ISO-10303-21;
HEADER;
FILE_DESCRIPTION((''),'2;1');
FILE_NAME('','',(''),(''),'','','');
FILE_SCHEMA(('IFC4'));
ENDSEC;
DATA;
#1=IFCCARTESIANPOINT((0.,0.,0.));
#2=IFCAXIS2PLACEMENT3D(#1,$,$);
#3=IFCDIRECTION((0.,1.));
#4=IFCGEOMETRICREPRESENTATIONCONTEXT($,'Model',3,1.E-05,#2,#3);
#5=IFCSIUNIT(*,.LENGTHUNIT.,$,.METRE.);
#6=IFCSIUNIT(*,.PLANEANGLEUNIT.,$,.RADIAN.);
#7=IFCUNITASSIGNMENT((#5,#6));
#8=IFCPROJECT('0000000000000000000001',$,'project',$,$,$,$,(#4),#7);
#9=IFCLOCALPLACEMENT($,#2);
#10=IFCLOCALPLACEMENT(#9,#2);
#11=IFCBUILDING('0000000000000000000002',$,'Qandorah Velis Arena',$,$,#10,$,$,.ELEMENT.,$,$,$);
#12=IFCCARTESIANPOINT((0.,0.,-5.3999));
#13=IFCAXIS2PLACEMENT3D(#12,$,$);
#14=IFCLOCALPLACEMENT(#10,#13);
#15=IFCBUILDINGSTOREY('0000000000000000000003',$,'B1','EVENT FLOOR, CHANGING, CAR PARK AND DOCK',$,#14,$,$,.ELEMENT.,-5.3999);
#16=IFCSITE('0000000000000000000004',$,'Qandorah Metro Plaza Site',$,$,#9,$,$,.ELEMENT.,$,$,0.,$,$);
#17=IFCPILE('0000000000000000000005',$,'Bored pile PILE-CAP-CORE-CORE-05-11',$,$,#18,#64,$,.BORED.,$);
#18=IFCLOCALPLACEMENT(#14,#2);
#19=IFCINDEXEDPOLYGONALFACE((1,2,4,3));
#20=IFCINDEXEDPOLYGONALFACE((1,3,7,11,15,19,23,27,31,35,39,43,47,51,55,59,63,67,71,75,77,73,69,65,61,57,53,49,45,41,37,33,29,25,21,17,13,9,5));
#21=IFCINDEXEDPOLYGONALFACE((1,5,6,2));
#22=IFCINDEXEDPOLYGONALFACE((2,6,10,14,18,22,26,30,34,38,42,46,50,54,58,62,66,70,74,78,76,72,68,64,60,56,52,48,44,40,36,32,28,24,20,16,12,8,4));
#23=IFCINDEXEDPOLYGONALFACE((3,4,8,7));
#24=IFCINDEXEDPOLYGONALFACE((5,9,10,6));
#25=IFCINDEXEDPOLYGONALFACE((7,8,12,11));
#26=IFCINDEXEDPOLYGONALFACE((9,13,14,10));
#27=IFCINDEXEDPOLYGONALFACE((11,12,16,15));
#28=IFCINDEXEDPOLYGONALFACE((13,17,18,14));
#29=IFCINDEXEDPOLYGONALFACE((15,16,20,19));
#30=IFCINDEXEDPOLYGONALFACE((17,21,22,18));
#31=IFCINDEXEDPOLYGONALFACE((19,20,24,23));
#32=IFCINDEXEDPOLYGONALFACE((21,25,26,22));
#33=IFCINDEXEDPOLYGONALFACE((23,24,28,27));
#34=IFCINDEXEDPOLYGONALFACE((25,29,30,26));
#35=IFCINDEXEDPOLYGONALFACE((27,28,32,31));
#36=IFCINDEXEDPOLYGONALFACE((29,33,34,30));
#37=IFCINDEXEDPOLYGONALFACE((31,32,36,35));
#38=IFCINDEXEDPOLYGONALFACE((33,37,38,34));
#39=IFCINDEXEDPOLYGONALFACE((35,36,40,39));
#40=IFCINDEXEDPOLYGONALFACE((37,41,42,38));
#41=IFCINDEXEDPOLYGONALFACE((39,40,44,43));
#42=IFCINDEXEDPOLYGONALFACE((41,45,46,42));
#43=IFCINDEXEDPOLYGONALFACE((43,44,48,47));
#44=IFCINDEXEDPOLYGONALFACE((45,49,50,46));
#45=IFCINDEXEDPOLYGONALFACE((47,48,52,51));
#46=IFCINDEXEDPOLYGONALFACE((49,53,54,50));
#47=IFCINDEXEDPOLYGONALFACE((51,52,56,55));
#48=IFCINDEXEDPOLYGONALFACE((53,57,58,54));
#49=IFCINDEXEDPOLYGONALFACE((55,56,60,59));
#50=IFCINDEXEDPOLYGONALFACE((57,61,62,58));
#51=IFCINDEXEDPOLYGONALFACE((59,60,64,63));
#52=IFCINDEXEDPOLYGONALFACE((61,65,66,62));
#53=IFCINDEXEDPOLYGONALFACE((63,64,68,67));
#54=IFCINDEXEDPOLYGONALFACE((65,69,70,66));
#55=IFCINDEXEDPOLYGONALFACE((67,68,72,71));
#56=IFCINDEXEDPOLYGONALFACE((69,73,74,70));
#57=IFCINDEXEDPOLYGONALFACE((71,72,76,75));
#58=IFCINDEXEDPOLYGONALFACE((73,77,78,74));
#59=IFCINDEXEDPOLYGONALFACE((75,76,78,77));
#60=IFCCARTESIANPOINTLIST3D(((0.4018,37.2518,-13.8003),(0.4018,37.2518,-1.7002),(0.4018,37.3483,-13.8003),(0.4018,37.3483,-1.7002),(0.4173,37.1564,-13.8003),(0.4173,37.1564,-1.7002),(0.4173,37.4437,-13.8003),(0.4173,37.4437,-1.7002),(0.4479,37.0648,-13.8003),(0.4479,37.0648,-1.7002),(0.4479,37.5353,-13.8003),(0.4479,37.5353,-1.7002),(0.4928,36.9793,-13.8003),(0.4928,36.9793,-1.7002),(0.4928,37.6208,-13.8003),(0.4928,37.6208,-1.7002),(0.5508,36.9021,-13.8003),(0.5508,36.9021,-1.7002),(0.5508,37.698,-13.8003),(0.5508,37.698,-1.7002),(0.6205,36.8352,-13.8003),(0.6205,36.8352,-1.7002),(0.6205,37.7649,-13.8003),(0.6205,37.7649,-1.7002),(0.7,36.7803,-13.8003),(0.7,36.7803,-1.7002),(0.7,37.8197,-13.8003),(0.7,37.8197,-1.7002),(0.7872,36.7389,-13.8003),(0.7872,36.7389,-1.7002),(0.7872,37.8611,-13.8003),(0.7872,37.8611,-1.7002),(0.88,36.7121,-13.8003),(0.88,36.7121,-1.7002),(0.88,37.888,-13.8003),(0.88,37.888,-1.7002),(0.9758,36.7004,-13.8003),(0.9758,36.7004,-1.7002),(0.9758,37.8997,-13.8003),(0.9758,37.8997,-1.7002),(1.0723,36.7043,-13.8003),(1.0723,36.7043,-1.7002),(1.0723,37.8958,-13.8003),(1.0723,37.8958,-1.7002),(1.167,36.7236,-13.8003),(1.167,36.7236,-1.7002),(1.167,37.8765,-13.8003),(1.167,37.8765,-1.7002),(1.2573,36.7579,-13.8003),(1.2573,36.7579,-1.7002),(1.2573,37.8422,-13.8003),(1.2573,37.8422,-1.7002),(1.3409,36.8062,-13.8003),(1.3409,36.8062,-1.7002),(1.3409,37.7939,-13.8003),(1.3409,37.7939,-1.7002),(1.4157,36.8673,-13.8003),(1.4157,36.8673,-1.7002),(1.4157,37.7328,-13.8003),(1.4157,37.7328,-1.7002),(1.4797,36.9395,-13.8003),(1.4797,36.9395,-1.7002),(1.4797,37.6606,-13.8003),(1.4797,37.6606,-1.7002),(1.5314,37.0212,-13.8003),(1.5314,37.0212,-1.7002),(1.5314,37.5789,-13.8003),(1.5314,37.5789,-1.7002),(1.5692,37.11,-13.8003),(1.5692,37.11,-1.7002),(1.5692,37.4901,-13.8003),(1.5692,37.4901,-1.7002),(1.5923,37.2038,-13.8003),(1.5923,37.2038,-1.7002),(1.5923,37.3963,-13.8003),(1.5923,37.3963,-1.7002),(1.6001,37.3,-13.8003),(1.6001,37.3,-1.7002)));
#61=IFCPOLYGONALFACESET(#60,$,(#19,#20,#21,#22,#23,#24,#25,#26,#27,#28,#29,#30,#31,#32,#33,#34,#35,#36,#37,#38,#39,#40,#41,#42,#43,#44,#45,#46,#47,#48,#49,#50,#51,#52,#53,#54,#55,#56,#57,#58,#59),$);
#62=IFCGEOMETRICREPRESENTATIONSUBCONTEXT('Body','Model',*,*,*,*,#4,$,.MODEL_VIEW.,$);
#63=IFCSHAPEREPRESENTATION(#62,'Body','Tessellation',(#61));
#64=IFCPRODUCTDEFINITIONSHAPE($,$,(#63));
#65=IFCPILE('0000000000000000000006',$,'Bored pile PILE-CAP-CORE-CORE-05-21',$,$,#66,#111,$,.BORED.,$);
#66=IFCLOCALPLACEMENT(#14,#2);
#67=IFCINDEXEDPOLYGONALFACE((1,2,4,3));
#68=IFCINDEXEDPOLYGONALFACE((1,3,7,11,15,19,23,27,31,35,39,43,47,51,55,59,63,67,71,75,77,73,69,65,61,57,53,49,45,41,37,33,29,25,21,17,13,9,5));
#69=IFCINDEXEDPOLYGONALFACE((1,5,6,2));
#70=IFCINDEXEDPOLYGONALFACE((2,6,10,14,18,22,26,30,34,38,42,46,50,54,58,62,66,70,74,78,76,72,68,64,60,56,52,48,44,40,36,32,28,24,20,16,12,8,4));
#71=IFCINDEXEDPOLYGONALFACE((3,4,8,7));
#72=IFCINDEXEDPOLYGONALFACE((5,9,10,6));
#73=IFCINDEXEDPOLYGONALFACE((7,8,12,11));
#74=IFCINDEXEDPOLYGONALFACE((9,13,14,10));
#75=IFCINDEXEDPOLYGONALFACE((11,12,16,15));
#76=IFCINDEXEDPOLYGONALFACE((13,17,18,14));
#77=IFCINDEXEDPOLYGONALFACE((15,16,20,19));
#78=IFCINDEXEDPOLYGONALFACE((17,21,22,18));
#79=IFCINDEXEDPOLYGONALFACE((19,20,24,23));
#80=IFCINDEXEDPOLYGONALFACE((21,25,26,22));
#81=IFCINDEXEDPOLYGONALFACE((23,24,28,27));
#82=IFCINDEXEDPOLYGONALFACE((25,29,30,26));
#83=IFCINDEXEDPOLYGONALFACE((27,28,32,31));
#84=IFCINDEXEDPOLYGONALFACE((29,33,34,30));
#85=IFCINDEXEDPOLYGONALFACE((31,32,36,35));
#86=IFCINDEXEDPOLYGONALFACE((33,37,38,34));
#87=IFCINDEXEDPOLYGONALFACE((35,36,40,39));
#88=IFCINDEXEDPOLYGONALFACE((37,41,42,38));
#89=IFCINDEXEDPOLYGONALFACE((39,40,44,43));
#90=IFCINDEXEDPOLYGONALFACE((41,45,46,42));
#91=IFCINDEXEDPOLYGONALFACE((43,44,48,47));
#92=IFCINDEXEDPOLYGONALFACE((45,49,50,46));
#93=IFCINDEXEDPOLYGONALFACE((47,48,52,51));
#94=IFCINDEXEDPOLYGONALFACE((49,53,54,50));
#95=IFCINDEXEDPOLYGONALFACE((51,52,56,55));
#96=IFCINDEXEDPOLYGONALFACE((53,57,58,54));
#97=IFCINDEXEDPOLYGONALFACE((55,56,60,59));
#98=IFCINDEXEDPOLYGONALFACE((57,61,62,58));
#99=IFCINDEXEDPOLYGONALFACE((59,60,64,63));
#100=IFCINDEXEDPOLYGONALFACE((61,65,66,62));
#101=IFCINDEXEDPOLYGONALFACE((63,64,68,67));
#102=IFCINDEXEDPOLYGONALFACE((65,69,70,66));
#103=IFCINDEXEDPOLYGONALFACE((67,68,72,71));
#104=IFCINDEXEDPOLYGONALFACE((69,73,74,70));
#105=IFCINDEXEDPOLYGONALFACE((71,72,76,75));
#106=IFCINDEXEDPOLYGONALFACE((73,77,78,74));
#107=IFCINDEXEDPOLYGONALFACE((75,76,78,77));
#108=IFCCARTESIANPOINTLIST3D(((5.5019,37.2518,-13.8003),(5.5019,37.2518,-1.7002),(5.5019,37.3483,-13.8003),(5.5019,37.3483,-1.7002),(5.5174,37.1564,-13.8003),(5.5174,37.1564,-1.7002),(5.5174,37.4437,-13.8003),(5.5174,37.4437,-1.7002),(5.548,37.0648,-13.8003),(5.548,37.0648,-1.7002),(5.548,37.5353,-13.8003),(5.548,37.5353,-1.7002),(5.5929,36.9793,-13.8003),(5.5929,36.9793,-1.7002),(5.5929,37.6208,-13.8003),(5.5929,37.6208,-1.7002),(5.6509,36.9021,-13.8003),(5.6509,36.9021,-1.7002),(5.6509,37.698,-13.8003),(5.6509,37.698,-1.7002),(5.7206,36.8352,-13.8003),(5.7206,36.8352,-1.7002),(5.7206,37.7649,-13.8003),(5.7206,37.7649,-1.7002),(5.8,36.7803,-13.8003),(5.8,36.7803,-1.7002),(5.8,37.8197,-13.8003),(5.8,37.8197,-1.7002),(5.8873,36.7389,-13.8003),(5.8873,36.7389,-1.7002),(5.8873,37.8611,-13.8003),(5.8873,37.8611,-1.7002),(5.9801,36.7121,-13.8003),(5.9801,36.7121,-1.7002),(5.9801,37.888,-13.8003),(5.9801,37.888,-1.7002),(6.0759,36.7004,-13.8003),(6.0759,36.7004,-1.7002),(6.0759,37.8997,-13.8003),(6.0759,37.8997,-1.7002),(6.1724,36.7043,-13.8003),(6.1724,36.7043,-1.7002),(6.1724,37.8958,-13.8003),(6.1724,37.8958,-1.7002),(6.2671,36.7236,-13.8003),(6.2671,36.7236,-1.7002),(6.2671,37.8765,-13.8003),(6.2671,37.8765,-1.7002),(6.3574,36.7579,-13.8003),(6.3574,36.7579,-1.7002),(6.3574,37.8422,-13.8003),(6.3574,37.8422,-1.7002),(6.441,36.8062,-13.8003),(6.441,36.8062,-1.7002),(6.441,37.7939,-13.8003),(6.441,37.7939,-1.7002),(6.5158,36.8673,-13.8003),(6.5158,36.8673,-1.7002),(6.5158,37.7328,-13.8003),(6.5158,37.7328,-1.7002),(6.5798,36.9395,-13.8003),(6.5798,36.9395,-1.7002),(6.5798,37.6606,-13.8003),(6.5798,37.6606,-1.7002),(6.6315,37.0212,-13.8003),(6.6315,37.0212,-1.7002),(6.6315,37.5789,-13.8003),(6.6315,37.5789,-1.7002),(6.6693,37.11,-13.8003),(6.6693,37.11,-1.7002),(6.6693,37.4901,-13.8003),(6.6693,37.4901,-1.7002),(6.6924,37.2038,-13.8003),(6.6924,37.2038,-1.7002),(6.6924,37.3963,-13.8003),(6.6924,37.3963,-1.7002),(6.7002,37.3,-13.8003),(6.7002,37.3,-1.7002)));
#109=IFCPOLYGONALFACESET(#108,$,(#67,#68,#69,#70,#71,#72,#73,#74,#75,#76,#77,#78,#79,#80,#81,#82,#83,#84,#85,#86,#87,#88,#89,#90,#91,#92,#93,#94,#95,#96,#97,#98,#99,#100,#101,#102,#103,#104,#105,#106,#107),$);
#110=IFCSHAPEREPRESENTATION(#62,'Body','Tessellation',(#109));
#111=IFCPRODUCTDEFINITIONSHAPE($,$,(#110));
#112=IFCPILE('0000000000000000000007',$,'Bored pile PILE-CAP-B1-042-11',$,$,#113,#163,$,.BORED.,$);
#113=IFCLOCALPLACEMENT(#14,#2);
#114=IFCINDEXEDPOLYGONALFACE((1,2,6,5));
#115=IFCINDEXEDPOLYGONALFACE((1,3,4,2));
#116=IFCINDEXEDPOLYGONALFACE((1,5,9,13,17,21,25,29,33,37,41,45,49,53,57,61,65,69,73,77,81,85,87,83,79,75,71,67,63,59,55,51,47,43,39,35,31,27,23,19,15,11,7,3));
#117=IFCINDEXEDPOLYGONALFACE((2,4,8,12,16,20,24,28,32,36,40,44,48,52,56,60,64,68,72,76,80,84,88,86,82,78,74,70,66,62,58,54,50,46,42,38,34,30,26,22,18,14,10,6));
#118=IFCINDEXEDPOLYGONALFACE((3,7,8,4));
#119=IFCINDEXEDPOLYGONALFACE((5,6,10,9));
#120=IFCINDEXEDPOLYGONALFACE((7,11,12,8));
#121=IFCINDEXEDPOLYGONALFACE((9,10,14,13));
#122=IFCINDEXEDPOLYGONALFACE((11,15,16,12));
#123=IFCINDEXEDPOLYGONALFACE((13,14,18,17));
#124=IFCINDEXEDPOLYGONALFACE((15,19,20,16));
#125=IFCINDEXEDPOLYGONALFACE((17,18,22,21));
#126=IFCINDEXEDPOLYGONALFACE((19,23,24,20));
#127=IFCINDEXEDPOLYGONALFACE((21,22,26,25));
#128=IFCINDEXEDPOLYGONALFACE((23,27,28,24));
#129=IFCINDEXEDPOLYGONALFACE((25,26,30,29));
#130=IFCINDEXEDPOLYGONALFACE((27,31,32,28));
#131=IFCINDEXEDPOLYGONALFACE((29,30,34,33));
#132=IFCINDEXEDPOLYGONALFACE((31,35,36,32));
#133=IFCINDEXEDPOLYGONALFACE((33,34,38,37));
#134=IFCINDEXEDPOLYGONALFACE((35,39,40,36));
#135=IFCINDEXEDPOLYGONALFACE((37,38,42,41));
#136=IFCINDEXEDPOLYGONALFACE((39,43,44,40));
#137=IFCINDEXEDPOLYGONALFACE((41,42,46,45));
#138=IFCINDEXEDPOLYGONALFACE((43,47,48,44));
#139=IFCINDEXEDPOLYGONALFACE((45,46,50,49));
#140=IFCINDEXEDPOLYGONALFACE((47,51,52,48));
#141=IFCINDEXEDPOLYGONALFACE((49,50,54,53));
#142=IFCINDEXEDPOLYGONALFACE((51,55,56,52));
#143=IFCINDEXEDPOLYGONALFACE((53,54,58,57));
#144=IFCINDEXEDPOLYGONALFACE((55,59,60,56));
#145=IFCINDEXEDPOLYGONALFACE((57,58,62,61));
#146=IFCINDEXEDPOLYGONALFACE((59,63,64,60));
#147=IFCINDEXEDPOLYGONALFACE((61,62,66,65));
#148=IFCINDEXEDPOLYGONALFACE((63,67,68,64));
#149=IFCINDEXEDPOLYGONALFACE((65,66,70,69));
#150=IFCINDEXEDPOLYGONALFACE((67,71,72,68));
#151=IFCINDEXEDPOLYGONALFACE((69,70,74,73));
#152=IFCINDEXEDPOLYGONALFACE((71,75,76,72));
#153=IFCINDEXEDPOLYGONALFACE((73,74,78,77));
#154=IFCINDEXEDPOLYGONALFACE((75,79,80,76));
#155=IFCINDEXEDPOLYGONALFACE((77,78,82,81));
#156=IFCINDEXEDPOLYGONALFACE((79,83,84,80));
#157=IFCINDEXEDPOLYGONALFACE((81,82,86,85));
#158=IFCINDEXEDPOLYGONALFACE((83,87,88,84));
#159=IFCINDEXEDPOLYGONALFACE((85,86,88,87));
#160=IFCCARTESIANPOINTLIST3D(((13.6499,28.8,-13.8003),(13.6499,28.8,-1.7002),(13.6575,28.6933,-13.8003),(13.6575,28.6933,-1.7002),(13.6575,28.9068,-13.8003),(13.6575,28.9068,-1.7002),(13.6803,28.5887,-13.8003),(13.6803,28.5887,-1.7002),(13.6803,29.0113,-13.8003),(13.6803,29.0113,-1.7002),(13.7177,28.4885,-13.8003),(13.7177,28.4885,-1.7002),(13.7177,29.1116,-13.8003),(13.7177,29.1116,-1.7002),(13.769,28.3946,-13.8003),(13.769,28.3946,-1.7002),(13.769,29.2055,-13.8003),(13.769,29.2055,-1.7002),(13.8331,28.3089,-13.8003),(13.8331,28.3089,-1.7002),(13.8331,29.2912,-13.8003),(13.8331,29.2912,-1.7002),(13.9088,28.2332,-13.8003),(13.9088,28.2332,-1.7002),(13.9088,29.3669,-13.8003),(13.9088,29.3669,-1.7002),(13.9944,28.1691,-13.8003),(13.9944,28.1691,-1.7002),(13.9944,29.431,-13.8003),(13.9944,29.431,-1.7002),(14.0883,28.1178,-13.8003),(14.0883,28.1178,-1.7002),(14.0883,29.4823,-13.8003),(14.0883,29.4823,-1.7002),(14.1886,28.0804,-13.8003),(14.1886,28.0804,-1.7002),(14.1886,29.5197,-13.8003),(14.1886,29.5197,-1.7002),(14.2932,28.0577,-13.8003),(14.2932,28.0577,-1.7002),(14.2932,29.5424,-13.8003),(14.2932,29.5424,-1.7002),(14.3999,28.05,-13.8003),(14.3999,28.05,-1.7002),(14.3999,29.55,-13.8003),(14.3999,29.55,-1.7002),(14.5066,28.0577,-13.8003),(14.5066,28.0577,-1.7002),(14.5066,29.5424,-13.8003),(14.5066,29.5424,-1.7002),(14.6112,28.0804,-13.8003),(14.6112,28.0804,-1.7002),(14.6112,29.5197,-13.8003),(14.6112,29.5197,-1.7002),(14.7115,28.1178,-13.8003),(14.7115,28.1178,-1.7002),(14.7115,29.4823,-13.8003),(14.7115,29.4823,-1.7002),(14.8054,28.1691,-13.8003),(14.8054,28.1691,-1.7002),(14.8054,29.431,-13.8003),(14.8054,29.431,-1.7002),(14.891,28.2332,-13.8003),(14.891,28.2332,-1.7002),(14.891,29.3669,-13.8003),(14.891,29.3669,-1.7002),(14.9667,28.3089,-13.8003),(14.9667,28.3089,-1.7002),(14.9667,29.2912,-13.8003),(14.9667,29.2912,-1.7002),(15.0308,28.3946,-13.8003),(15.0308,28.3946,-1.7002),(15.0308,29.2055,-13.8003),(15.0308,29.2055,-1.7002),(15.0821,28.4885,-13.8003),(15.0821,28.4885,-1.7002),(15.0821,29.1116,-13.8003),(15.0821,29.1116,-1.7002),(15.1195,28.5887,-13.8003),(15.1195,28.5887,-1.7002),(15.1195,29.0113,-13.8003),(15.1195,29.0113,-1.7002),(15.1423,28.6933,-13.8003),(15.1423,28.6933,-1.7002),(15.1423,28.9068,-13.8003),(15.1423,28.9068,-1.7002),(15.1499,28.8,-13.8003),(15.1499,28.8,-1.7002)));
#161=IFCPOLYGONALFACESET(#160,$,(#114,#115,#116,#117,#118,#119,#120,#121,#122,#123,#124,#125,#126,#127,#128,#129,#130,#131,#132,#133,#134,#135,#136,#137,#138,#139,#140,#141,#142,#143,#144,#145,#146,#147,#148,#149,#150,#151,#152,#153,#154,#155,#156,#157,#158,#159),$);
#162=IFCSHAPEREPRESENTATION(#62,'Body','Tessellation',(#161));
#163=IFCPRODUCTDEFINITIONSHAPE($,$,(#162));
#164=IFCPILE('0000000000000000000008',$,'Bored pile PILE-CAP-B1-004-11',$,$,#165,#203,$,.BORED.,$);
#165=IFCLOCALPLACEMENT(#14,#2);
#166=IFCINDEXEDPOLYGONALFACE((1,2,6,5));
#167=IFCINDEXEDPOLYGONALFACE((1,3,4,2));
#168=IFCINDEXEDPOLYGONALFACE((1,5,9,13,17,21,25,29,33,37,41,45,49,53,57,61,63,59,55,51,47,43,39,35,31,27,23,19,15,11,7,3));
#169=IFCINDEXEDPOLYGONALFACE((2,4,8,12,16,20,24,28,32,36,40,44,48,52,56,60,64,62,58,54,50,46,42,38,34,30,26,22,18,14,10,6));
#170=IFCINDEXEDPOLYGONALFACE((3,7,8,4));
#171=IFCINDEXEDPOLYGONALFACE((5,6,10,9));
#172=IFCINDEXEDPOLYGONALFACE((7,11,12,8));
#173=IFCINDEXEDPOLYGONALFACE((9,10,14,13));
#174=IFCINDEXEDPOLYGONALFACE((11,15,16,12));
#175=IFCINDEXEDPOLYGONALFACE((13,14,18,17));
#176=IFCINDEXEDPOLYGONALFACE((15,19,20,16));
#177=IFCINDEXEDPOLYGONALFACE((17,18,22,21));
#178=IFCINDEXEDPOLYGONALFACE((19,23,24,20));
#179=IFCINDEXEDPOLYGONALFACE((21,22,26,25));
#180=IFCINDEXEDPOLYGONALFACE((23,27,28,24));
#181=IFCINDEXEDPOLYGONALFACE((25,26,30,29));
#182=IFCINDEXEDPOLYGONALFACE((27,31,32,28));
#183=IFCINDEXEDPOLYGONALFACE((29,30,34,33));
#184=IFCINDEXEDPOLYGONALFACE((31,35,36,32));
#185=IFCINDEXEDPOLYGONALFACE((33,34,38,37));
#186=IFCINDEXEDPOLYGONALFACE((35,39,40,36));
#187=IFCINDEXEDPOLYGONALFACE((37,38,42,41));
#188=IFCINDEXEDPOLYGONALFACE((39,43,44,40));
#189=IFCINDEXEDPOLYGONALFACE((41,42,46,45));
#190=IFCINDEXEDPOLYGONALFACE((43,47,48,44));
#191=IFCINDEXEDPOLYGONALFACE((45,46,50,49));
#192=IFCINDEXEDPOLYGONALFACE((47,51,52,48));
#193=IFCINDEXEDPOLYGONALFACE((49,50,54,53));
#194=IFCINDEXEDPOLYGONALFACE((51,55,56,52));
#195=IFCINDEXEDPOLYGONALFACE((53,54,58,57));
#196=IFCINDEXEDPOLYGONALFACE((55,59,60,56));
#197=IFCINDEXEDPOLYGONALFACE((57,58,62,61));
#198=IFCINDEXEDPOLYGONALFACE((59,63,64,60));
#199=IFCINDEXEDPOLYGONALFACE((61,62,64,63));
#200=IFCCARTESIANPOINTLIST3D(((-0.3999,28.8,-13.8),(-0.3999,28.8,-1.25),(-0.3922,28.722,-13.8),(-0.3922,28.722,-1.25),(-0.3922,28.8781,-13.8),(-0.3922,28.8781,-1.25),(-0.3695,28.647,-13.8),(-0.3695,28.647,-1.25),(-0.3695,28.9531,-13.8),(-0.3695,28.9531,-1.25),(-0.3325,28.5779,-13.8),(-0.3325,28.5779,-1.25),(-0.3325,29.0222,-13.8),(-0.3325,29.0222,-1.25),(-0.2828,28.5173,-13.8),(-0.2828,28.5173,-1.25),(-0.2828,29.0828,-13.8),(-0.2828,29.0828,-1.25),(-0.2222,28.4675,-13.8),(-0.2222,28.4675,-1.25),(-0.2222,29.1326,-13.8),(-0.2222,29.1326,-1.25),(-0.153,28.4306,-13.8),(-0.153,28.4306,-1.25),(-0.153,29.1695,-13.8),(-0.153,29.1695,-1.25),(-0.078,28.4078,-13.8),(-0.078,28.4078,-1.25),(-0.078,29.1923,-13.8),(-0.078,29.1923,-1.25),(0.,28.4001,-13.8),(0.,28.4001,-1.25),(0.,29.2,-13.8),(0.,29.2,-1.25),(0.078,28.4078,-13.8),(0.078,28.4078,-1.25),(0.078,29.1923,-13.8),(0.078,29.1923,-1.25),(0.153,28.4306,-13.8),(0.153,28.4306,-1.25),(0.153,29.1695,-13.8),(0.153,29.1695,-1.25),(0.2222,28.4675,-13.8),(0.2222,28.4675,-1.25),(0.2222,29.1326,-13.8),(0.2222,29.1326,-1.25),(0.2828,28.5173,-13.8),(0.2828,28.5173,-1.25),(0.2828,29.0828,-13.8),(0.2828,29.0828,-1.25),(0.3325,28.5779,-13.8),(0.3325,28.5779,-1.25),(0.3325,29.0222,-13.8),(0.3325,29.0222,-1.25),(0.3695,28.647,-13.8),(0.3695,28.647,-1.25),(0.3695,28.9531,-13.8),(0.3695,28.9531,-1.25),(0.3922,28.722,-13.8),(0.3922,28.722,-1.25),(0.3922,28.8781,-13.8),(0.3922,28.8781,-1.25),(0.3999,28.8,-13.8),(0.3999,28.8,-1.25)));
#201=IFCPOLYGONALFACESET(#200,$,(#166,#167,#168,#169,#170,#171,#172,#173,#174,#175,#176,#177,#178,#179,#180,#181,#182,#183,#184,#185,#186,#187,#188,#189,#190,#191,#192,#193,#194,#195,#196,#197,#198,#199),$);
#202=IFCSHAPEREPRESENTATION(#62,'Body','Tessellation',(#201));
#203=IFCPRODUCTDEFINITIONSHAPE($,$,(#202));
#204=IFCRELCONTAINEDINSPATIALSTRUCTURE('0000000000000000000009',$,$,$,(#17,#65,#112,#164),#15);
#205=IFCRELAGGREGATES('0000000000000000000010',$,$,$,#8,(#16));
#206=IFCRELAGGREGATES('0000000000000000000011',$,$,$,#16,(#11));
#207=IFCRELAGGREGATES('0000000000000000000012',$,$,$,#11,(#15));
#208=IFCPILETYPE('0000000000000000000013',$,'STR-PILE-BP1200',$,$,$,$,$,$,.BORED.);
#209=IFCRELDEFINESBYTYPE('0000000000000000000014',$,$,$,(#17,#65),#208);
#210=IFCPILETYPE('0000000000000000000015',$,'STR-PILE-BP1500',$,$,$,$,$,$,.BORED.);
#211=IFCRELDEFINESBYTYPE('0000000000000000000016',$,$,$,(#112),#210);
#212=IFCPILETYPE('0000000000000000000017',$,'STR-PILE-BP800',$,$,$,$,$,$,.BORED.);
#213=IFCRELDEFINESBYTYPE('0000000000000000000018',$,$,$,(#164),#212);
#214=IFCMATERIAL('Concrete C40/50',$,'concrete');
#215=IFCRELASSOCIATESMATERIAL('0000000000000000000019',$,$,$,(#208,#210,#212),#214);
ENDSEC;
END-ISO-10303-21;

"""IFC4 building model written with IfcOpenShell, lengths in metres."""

from ifc_helpers import new_model, si_unit, direction, frame, origin, origin_2d, place, context, subcontext, project, spatial, circle, extrude, material, material_profile, profile_set, type_object, element, save


model = new_model("IFC4")

# Units and contexts
model_context = context("Model", 3, precision=1e-05, world=origin(), true_north=direction((0.0, 1.0)))
body_context = subcontext(model_context, "Body", "Model", "MODEL_VIEW")
ifc_project = project(units=[si_unit("LENGTHUNIT", "METRE"), si_unit("PLANEANGLEUNIT", "RADIAN")], contexts=[model_context])

# Site, building, storey
site_placement = place(None, origin())
site = spatial("IfcSite", under=ifc_project, at=site_placement, Name="Qandorah Metro Plaza Site", CompositionType="ELEMENT", RefElevation=0.0)
building_placement = place(site_placement, origin())
building = spatial("IfcBuilding", under=site, at=building_placement, Name="Qandorah Velis Arena", CompositionType="ELEMENT")
storey_placement = place(building_placement, frame((0.0, 0.0, -5.3999)))
storey = spatial("IfcBuildingStorey", under=building, at=storey_placement, Name="B1", Description="EVENT FLOOR, CHANGING, CAR PARK AND DOCK", CompositionType="ELEMENT", Elevation=-5.3999)

# Shared definitions
ifc_material_1 = material(Name="Concrete C40/50", Category="concrete")

# Piles
ifc_material_profile_1 = material_profile(ifc_material_1, circle(Radius=0.6001, at=origin_2d()), Name="BORED PILE D1200")
ifc_profile_set_1 = profile_set([ifc_material_profile_1], Name="Concrete C40/50")
pile_type_1 = type_object("IfcPileType", Name="STR-PILE-BP1200", PredefinedType="BORED", material=ifc_profile_set_1)
for number, where, z_axis, x_axis, name in (
    (1, (1.0, 37.3, -1.7002), (0.0, 0.0, -1.0), (1.0, 0.0, 0.0), "Bored pile PILE-CAP-CORE-CORE-05-11"),
    (2, (6.1001, 37.3, -1.7002), (0.0, 0.0, -1.0), (1.0, 0.0, 0.0), "Bored pile PILE-CAP-CORE-CORE-05-21"),
):
    element("IfcPile", number, at=place(storey_placement, frame(where, z_axis=z_axis, x_axis=x_axis)), inside=storey, type_object=pile_type_1, Name=name, PredefinedType="BORED", context=body_context, shape_type="SweptSolid", body=[
        extrude(circle(Radius=0.6001, at=origin_2d()), origin(), (0.0, 0.0, 1.0), 12.1001),
    ])
ifc_material_profile_2 = material_profile(ifc_material_1, circle(Radius=0.75, at=origin_2d()), Name="BORED PILE D1500")
ifc_profile_set_2 = profile_set([ifc_material_profile_2], Name="Concrete C40/50")
pile_type_2 = type_object("IfcPileType", Name="STR-PILE-BP1500", PredefinedType="BORED", material=ifc_profile_set_2)
pile_1_placement = place(storey_placement, frame((14.3999, 28.8, -1.7002), z_axis=(0.0, 0.0, -1.0), x_axis=(1.0, 0.0, 0.0)))
element("IfcPile", 3, at=pile_1_placement, inside=storey, type_object=pile_type_2, Name="Bored pile PILE-CAP-B1-042-11", PredefinedType="BORED", context=body_context, shape_type="SweptSolid", body=[
    extrude(circle(Radius=0.75, at=origin_2d()), origin(), (0.0, 0.0, 1.0), 12.1001),
])
ifc_material_profile_3 = material_profile(ifc_material_1, circle(Radius=0.3999, at=origin_2d()), Name="BORED PILE D800")
ifc_profile_set_3 = profile_set([ifc_material_profile_3], Name="Concrete C40/50")
pile_type_3 = type_object("IfcPileType", Name="STR-PILE-BP800", PredefinedType="BORED", material=ifc_profile_set_3)
pile_2_placement = place(storey_placement, frame((0.0, 28.8, -1.25), z_axis=(0.0, 0.0, -1.0), x_axis=(1.0, 0.0, 0.0)))
element("IfcPile", 4, at=pile_2_placement, inside=storey, type_object=pile_type_3, Name="Bored pile PILE-CAP-B1-004-11", PredefinedType="BORED", context=body_context, shape_type="SweptSolid", body=[
    extrude(circle(Radius=0.3999, at=origin_2d()), origin(), (0.0, 0.0, 1.0), 12.55),
])

save(model, "model.ifc")
